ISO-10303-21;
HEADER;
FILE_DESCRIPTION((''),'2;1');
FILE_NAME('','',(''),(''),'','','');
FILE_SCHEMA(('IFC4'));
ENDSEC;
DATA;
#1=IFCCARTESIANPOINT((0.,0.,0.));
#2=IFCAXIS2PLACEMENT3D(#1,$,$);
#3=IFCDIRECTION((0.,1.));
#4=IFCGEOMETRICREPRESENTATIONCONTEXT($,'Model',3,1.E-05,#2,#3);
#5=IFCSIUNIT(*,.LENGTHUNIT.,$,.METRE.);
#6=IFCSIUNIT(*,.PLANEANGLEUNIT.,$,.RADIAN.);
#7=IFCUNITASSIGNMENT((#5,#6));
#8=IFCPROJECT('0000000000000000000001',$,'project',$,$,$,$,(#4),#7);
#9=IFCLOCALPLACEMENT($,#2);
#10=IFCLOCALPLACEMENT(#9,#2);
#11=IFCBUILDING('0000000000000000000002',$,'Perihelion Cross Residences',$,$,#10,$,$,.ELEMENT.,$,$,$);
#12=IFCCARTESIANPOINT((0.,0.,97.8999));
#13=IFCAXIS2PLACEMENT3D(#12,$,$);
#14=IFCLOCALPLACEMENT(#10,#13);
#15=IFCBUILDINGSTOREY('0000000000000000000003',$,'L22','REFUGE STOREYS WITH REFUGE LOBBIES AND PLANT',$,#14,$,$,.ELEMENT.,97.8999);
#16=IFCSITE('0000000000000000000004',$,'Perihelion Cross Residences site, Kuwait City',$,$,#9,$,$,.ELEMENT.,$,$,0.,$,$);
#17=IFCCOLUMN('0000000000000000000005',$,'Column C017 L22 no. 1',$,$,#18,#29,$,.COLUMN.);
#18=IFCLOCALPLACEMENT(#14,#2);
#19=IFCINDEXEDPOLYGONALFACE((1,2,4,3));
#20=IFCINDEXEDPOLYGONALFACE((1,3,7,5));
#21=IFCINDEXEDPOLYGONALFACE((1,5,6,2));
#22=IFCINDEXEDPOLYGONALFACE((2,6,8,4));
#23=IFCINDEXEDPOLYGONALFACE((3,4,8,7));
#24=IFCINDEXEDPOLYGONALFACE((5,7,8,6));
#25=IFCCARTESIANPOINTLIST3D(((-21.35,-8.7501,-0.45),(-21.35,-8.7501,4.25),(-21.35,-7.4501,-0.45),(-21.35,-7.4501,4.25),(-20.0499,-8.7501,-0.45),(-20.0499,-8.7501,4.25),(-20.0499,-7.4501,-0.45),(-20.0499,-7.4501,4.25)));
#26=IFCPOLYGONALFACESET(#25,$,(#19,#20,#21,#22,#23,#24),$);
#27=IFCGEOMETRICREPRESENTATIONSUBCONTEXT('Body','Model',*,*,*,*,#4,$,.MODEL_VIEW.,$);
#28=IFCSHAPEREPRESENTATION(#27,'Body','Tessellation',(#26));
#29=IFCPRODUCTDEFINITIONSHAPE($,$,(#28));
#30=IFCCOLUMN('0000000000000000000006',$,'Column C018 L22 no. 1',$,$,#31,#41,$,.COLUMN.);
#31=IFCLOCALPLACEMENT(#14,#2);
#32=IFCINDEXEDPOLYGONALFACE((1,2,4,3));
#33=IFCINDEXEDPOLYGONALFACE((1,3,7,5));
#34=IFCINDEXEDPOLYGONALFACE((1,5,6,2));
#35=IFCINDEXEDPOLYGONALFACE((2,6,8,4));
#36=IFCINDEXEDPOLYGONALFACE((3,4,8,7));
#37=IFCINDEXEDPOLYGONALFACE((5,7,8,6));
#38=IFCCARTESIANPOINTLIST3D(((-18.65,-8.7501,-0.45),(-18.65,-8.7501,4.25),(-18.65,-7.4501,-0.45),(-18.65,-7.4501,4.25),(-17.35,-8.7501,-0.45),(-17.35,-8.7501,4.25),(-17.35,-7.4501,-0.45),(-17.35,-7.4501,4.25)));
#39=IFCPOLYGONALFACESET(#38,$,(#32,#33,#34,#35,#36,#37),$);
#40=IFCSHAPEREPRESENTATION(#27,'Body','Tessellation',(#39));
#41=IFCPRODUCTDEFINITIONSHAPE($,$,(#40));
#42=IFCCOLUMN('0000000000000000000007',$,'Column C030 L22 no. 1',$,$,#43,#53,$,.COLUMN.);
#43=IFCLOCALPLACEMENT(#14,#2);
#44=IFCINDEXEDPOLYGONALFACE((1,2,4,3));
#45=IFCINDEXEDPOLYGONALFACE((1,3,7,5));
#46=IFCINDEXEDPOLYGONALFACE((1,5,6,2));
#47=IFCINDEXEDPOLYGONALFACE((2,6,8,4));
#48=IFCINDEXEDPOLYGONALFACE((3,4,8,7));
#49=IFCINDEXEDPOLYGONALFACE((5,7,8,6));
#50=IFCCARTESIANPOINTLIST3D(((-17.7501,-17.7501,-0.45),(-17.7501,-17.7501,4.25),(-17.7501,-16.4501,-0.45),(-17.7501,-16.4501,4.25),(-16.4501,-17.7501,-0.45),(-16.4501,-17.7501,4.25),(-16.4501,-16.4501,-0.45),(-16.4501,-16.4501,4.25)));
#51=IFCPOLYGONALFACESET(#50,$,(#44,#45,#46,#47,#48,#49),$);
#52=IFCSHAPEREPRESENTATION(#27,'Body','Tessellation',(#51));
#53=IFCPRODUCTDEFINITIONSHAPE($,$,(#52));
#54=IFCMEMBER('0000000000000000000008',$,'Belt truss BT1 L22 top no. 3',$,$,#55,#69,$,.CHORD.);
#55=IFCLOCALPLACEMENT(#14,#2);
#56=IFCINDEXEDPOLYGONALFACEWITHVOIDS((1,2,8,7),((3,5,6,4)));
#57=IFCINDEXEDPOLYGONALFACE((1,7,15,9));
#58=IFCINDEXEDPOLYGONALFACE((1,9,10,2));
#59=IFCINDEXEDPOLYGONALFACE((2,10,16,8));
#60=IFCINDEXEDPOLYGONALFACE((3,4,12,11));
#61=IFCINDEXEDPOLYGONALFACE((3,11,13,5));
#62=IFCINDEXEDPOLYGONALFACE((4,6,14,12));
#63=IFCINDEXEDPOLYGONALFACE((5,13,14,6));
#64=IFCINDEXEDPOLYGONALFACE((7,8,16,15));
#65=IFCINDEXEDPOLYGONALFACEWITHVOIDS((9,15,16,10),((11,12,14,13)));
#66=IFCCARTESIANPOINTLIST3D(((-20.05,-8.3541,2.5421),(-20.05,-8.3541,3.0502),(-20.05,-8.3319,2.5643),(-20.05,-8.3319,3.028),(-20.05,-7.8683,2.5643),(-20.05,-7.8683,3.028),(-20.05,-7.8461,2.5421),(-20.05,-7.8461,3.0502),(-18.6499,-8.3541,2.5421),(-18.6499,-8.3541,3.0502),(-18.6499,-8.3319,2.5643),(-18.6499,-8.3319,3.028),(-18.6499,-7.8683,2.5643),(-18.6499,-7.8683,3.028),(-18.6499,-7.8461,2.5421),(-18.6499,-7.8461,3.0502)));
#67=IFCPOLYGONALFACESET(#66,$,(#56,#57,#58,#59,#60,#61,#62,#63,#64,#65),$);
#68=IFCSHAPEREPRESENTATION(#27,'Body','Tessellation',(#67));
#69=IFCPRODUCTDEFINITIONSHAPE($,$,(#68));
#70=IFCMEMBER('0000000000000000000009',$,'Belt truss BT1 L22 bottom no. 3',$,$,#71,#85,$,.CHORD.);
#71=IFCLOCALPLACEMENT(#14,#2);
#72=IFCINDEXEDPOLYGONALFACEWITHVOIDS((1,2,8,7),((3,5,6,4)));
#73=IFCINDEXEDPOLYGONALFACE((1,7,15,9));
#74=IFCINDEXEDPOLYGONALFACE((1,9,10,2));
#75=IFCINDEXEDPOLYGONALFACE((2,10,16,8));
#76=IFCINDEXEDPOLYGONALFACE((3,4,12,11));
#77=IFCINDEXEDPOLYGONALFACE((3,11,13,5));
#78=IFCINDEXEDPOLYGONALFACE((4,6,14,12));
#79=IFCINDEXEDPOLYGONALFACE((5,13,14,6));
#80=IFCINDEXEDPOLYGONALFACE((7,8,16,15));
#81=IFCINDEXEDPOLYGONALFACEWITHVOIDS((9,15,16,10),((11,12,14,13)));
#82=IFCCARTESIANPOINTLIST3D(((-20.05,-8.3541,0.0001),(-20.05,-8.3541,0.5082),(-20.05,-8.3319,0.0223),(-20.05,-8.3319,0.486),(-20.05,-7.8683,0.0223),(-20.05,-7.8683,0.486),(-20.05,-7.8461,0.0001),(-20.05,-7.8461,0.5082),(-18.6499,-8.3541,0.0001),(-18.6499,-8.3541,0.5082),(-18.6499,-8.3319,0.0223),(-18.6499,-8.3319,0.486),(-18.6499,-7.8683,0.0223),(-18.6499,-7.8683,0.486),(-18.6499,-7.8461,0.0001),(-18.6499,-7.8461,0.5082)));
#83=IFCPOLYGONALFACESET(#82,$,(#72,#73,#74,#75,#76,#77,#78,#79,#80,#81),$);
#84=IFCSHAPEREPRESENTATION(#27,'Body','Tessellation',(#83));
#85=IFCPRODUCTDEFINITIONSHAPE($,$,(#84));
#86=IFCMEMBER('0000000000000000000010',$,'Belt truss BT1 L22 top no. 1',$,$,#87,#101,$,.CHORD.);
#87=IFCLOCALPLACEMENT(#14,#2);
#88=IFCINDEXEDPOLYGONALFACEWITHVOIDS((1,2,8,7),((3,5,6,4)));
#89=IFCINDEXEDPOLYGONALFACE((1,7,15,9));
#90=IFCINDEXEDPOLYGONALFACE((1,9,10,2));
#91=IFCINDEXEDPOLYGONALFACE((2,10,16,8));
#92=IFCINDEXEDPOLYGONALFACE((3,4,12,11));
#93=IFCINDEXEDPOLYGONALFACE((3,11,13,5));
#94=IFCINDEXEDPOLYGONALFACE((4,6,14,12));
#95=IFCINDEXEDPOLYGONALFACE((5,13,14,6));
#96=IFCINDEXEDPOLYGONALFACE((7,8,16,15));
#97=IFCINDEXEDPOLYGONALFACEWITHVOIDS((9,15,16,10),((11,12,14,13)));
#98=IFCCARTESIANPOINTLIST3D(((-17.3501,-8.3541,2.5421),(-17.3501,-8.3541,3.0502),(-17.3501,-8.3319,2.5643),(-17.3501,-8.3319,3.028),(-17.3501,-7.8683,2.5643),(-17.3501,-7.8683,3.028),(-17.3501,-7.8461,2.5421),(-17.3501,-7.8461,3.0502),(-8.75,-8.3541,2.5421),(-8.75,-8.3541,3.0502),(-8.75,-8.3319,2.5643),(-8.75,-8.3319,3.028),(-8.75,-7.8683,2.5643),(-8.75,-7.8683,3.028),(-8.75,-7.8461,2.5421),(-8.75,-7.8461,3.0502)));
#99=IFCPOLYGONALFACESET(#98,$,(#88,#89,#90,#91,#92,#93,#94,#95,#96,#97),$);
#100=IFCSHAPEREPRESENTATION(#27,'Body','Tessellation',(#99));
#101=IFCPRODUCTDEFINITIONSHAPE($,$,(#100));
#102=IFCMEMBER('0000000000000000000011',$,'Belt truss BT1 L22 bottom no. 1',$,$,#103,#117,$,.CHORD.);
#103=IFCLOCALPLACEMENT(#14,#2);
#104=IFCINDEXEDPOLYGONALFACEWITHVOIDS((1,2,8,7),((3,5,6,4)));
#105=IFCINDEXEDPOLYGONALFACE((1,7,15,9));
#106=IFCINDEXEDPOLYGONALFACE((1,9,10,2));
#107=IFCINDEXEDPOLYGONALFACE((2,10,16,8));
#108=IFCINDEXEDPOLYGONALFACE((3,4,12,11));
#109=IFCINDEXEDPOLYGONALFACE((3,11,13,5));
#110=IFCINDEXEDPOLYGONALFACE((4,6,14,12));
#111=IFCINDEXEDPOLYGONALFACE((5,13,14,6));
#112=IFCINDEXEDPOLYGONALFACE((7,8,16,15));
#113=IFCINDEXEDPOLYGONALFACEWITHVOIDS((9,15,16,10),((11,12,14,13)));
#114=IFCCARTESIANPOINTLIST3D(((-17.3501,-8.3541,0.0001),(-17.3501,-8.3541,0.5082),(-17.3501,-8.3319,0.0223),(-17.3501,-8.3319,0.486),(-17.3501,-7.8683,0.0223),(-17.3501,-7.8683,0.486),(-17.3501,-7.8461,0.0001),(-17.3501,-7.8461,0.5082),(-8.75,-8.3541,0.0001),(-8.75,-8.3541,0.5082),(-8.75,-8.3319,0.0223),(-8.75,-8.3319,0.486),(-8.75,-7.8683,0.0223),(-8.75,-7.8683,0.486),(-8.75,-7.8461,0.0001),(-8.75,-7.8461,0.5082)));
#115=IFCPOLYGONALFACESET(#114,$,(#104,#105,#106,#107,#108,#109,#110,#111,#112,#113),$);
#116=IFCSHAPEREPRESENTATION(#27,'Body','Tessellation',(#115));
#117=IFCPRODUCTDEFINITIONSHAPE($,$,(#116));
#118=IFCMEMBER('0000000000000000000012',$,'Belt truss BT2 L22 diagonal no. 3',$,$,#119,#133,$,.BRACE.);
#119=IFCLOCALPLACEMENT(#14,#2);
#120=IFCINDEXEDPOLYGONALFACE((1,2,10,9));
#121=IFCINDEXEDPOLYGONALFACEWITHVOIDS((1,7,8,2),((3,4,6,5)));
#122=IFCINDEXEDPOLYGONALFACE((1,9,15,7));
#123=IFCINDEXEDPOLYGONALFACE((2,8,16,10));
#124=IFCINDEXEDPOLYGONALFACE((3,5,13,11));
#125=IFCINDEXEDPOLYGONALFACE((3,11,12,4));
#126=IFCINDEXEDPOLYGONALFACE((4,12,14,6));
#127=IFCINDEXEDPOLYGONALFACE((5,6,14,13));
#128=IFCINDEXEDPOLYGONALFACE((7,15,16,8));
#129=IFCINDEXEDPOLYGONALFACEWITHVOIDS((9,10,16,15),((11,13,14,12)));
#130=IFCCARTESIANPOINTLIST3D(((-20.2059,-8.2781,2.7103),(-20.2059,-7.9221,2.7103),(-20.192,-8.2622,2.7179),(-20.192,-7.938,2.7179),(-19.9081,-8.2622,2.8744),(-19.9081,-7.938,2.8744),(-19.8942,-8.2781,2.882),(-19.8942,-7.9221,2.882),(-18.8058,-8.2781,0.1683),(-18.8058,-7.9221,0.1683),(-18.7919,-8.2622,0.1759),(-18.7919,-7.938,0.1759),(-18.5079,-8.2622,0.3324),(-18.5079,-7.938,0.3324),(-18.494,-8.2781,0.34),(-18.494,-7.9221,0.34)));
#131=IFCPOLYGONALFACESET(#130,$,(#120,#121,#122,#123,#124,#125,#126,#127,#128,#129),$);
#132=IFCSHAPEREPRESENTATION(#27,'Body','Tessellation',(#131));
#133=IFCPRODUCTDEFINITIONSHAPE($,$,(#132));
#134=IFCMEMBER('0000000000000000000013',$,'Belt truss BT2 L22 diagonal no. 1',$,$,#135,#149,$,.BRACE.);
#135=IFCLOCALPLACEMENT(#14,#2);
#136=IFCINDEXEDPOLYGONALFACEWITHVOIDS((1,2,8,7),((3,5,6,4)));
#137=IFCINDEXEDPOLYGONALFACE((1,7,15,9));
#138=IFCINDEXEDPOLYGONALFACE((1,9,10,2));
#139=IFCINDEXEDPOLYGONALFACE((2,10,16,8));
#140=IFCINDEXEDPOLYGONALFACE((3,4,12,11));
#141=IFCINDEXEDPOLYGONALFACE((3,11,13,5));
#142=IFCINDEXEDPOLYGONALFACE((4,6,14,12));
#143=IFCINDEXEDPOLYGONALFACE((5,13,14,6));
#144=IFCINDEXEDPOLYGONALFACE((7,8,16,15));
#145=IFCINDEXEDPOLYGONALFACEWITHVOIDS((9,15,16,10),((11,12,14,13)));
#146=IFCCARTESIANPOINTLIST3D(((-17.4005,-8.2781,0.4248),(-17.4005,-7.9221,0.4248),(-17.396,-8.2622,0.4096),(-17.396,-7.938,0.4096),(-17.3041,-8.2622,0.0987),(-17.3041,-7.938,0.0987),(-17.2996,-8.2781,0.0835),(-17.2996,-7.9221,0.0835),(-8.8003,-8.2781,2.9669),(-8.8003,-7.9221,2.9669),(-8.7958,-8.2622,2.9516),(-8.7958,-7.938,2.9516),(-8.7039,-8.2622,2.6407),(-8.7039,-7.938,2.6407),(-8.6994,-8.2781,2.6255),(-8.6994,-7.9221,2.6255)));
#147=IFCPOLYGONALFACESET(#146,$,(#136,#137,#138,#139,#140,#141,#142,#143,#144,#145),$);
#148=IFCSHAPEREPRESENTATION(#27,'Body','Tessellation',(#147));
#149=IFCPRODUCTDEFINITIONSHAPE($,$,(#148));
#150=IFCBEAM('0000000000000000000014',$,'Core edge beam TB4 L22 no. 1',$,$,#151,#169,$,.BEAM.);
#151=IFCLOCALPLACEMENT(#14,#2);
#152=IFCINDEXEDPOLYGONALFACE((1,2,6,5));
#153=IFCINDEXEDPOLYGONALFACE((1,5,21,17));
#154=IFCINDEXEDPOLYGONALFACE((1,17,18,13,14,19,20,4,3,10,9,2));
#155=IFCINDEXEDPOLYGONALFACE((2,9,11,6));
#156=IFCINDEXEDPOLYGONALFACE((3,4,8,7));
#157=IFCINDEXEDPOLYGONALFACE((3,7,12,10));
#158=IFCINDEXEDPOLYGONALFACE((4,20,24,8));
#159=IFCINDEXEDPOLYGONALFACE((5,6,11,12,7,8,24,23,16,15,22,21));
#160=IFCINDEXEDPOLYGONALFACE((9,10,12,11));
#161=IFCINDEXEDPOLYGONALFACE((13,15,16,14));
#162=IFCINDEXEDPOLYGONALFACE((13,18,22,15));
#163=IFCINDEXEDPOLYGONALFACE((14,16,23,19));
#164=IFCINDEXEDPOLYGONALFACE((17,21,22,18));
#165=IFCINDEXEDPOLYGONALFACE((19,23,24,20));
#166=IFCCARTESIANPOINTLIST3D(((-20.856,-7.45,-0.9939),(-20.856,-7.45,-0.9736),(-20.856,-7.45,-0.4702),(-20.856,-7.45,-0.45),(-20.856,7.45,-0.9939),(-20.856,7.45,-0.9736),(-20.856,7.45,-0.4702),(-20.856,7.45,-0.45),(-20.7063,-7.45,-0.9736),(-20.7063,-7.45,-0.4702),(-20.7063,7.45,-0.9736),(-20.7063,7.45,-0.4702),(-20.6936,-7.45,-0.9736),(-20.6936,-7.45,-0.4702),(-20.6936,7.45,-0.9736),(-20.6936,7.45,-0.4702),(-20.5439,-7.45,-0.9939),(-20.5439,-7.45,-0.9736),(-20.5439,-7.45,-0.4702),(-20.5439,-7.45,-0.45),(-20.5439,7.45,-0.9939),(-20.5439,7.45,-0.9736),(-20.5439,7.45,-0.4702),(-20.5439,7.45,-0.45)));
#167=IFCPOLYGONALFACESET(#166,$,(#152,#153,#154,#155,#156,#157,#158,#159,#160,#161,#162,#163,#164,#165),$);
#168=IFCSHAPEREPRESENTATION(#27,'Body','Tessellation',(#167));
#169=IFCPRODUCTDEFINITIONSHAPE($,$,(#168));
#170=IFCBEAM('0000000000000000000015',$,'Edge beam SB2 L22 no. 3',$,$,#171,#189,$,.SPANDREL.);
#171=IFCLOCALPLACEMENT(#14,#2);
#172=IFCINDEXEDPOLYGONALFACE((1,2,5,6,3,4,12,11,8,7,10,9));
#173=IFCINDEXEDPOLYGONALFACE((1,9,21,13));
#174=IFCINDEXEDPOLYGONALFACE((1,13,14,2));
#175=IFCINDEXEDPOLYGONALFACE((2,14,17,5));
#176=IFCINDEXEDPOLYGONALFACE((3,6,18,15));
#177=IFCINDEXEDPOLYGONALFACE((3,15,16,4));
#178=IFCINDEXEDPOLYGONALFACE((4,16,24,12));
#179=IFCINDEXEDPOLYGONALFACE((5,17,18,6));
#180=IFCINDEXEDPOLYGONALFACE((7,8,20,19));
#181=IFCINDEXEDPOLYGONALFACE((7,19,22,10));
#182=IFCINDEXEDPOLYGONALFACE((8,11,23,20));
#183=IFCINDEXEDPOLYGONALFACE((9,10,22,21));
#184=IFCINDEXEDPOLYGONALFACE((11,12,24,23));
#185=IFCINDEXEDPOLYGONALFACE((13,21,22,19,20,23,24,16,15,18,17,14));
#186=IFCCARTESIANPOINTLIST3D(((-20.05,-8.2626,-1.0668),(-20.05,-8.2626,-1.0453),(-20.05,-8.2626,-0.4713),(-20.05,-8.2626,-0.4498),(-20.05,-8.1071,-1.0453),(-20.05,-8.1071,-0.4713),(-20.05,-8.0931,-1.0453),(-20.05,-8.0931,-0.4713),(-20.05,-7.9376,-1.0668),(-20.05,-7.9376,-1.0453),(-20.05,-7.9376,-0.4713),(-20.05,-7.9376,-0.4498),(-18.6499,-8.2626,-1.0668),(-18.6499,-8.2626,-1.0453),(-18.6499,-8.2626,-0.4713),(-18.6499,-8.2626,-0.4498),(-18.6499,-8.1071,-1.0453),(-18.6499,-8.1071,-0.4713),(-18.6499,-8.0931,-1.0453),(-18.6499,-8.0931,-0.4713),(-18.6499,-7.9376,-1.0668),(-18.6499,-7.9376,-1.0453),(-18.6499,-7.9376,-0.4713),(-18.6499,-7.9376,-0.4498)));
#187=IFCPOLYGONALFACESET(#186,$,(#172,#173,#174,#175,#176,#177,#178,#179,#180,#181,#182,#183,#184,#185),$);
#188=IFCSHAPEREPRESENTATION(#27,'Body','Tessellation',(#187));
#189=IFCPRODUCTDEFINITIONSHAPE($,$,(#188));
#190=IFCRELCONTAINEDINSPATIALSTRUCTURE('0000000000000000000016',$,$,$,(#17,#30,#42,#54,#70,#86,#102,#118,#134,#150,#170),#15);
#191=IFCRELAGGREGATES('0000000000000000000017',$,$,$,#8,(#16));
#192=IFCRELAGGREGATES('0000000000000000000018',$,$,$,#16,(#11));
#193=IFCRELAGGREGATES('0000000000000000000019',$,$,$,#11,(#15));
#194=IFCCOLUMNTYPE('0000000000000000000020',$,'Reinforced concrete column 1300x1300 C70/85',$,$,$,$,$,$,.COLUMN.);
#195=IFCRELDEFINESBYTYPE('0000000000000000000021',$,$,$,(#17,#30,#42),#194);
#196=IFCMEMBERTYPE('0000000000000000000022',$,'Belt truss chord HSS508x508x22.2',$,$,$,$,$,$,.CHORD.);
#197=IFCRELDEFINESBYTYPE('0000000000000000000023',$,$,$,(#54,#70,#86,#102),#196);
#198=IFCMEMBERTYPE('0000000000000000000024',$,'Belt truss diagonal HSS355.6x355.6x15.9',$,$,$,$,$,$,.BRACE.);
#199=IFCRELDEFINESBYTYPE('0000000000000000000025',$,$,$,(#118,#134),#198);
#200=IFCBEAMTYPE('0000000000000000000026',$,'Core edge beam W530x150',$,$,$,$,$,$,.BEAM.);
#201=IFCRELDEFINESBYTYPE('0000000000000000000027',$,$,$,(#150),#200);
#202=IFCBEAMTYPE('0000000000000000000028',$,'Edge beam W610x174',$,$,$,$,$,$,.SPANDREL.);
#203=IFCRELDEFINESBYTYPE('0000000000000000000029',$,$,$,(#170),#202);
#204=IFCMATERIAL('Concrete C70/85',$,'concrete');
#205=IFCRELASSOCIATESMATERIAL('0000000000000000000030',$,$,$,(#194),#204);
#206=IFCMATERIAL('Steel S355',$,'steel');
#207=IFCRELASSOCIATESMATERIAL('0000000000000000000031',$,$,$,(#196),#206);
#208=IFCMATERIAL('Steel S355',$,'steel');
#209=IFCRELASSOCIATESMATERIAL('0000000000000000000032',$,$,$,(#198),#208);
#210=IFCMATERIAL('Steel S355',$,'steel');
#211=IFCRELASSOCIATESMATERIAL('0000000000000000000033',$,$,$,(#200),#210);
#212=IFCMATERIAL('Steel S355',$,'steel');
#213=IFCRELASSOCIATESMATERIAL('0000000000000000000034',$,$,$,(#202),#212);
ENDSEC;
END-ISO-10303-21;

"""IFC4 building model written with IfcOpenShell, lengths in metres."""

from ifc_helpers import new_model, si_unit, direction, frame, origin, origin_2d, place, context, subcontext, project, spatial, rectangle, hollow_rectangle, i_section, extrude, material, material_profile, profile_set, type_object, element, save


model = new_model("IFC4")

# Units and contexts
model_context = context("Model", 3, precision=1e-05, world=origin(), true_north=direction((0.0, 1.0)))
body_context = subcontext(model_context, "Body", "Model", "MODEL_VIEW")
ifc_project = project(units=[si_unit("LENGTHUNIT", "METRE"), si_unit("PLANEANGLEUNIT", "RADIAN")], contexts=[model_context])

# Site, building, storey
site_placement = place(None, origin())
site = spatial("IfcSite", under=ifc_project, at=site_placement, Name="Perihelion Cross Residences site, Kuwait City", CompositionType="ELEMENT", RefElevation=0.0)
building_placement = place(site_placement, origin())
building = spatial("IfcBuilding", under=site, at=building_placement, Name="Perihelion Cross Residences", CompositionType="ELEMENT")
storey_placement = place(building_placement, frame((0.0, 0.0, 97.8999)))
storey = spatial("IfcBuildingStorey", under=building, at=storey_placement, Name="L22", Description="REFUGE STOREYS WITH REFUGE LOBBIES AND PLANT", CompositionType="ELEMENT", Elevation=97.8999)

# Columns
ifc_material_1 = material(Name="Concrete C70/85", Category="concrete")
ifc_material_profile_1 = material_profile(ifc_material_1, rectangle(XDim=1.3, YDim=1.3, at=origin_2d()), Name="RC 1300x1300")
ifc_profile_set_1 = profile_set([ifc_material_profile_1], Name="Concrete C70/85")
column_type = type_object("IfcColumnType", Name="Reinforced concrete column 1300x1300 C70/85", PredefinedType="COLUMN", material=ifc_profile_set_1)
for number, where, z_axis, x_axis, name in (
    (1, (-20.7, -8.1001, -0.45), (0.0, 0.0, 1.0), (1.0, 0.0, 0.0), "Column C017 L22 no. 1"),
    (2, (-18.0, -8.1001, -0.45), (0.0, 0.0, 1.0), (1.0, 0.0, 0.0), "Column C018 L22 no. 1"),
    (3, (-17.1001, -17.1001, -0.45), (0.0, 0.0, 1.0), (1.0, 0.0, 0.0), "Column C030 L22 no. 1"),
):
    element("IfcColumn", number, at=place(storey_placement, frame(where, z_axis=z_axis, x_axis=x_axis)), inside=storey, type_object=column_type, Name=name, PredefinedType="COLUMN", context=body_context, shape_type="SweptSolid", body=[
        extrude(rectangle(XDim=1.3, YDim=1.3, at=origin_2d()), origin(), (0.0, 0.0, 1.0), 4.7),
    ])

# Members
ifc_material_2 = material(Name="Steel S355", Category="steel")
ifc_material_profile_2 = material_profile(ifc_material_2, hollow_rectangle(XDim=0.5081, YDim=0.5081, WallThickness=0.0222, at=origin_2d()), Name="HSS508x508x22.2")
ifc_profile_set_2 = profile_set([ifc_material_profile_2], Name="Steel S355")
member_type_1 = type_object("IfcMemberType", Name="Belt truss chord HSS508x508x22.2", PredefinedType="CHORD", material=ifc_profile_set_2)
for number, where, z_axis, x_axis, name in (
    (4, (-20.05, -8.1001, 2.7961), (1.0, 0.0, 0.0), (0.0, 1.0, 0.0), "Belt truss BT1 L22 top no. 3"),
    (5, (-20.05, -8.1001, 0.2542), (1.0, 0.0, 0.0), (0.0, 1.0, 0.0), "Belt truss BT1 L22 bottom no. 3"),
):
    element("IfcMember", number, at=place(storey_placement, frame(where, z_axis=z_axis, x_axis=x_axis)), inside=storey, type_object=member_type_1, Name=name, PredefinedType="CHORD", context=body_context, shape_type="SweptSolid", body=[
        extrude(hollow_rectangle(XDim=0.5081, YDim=0.5081, WallThickness=0.0222, at=origin_2d()), origin(), (0.0, 0.0, 1.0), 1.4001),
    ])
for number, where, z_axis, x_axis, name in (
    (6, (-17.3501, -8.1001, 2.7961), (1.0, 0.0, 0.0), (0.0, 1.0, 0.0), "Belt truss BT1 L22 top no. 1"),
    (7, (-17.3501, -8.1001, 0.2542), (1.0, 0.0, 0.0), (0.0, 1.0, 0.0), "Belt truss BT1 L22 bottom no. 1"),
):
    element("IfcMember", number, at=place(storey_placement, frame(where, z_axis=z_axis, x_axis=x_axis)), inside=storey, type_object=member_type_1, Name=name, PredefinedType="CHORD", context=body_context, shape_type="SweptSolid", body=[
        extrude(hollow_rectangle(XDim=0.5081, YDim=0.5081, WallThickness=0.0222, at=origin_2d()), origin(), (0.0, 0.0, 1.0), 8.6001),
    ])
ifc_material_3 = material(Name="Steel S355", Category="steel")
ifc_material_profile_3 = material_profile(ifc_material_3, hollow_rectangle(XDim=0.356, YDim=0.356, WallThickness=0.0159, at=origin_2d()), Name="HSS355.6x355.6x15.9")
ifc_profile_set_3 = profile_set([ifc_material_profile_3], Name="Steel S355")
member_type_2 = type_object("IfcMemberType", Name="Belt truss diagonal HSS355.6x355.6x15.9", PredefinedType="BRACE", material=ifc_profile_set_3)
member_1_placement = place(storey_placement, frame((-18.6499, -8.1001, 0.2542), z_axis=(-0.482461, 0.0, 0.875917), x_axis=(0.0, -1.0, 0.0)))
element("IfcMember", 8, at=member_1_placement, inside=storey, type_object=member_type_2, Name="Belt truss BT2 L22 diagonal no. 3", PredefinedType="BRACE", context=body_context, shape_type="SweptSolid", body=[
    extrude(hollow_rectangle(XDim=0.356, YDim=0.356, WallThickness=0.0159, at=origin_2d()), origin(), (0.0, 0.0, 1.0), 2.9021),
])
member_2_placement = place(storey_placement, frame((-17.3501, -8.1001, 0.2542), z_axis=(0.958986, 0.0, 0.283454), x_axis=(0.0, 1.0, 0.0)))
element("IfcMember", 9, at=member_2_placement, inside=storey, type_object=member_type_2, Name="Belt truss BT2 L22 diagonal no. 1", PredefinedType="BRACE", context=body_context, shape_type="SweptSolid", body=[
    extrude(hollow_rectangle(XDim=0.356, YDim=0.356, WallThickness=0.0159, at=origin_2d()), origin(), (0.0, 0.0, 1.0), 8.968),
])

# Beams
ifc_material_4 = material(Name="Steel S355", Category="steel")
ifc_material_profile_4 = material_profile(ifc_material_4, i_section(OverallWidth=0.312, OverallDepth=0.5439, WebThickness=0.0127, FlangeThickness=0.0203, at=origin_2d()), Name="W530x150")
ifc_profile_set_4 = profile_set([ifc_material_profile_4], Name="Steel S355")
beam_type_1 = type_object("IfcBeamType", Name="Core edge beam W530x150", PredefinedType="BEAM", material=ifc_profile_set_4)
beam_1_placement = place(storey_placement, frame((-20.7, -7.45, -0.7219), z_axis=(0.0, 1.0, 0.0), x_axis=(-1.0, 0.0, 0.0)))
element("IfcBeam", 10, at=beam_1_placement, inside=storey, type_object=beam_type_1, Name="Core edge beam TB4 L22 no. 1", PredefinedType="BEAM", context=body_context, shape_type="SweptSolid", body=[
    extrude(i_section(OverallWidth=0.312, OverallDepth=0.5439, WebThickness=0.0127, FlangeThickness=0.0203, at=origin_2d()), origin(), (0.0, 0.0, 1.0), 14.8999),
])
ifc_material_5 = material(Name="Steel S355", Category="steel")
ifc_material_profile_5 = material_profile(ifc_material_5, i_section(OverallWidth=0.325, OverallDepth=0.6169, WebThickness=0.0139, FlangeThickness=0.0215, at=origin_2d()), Name="W610x174")
ifc_profile_set_5 = profile_set([ifc_material_profile_5], Name="Steel S355")
beam_type_2 = type_object("IfcBeamType", Name="Edge beam W610x174", PredefinedType="SPANDREL", material=ifc_profile_set_5)
beam_2_placement = place(storey_placement, frame((-20.05, -8.1001, -0.7583), z_axis=(1.0, 0.0, 0.0), x_axis=(0.0, 1.0, 0.0)))
element("IfcBeam", 11, at=beam_2_placement, inside=storey, type_object=beam_type_2, Name="Edge beam SB2 L22 no. 3", PredefinedType="SPANDREL", context=body_context, shape_type="SweptSolid", body=[
    extrude(i_section(OverallWidth=0.325, OverallDepth=0.6169, WebThickness=0.0139, FlangeThickness=0.0215, at=origin_2d()), origin(), (0.0, 0.0, 1.0), 1.4001),
])

save(model, "model.ifc")
